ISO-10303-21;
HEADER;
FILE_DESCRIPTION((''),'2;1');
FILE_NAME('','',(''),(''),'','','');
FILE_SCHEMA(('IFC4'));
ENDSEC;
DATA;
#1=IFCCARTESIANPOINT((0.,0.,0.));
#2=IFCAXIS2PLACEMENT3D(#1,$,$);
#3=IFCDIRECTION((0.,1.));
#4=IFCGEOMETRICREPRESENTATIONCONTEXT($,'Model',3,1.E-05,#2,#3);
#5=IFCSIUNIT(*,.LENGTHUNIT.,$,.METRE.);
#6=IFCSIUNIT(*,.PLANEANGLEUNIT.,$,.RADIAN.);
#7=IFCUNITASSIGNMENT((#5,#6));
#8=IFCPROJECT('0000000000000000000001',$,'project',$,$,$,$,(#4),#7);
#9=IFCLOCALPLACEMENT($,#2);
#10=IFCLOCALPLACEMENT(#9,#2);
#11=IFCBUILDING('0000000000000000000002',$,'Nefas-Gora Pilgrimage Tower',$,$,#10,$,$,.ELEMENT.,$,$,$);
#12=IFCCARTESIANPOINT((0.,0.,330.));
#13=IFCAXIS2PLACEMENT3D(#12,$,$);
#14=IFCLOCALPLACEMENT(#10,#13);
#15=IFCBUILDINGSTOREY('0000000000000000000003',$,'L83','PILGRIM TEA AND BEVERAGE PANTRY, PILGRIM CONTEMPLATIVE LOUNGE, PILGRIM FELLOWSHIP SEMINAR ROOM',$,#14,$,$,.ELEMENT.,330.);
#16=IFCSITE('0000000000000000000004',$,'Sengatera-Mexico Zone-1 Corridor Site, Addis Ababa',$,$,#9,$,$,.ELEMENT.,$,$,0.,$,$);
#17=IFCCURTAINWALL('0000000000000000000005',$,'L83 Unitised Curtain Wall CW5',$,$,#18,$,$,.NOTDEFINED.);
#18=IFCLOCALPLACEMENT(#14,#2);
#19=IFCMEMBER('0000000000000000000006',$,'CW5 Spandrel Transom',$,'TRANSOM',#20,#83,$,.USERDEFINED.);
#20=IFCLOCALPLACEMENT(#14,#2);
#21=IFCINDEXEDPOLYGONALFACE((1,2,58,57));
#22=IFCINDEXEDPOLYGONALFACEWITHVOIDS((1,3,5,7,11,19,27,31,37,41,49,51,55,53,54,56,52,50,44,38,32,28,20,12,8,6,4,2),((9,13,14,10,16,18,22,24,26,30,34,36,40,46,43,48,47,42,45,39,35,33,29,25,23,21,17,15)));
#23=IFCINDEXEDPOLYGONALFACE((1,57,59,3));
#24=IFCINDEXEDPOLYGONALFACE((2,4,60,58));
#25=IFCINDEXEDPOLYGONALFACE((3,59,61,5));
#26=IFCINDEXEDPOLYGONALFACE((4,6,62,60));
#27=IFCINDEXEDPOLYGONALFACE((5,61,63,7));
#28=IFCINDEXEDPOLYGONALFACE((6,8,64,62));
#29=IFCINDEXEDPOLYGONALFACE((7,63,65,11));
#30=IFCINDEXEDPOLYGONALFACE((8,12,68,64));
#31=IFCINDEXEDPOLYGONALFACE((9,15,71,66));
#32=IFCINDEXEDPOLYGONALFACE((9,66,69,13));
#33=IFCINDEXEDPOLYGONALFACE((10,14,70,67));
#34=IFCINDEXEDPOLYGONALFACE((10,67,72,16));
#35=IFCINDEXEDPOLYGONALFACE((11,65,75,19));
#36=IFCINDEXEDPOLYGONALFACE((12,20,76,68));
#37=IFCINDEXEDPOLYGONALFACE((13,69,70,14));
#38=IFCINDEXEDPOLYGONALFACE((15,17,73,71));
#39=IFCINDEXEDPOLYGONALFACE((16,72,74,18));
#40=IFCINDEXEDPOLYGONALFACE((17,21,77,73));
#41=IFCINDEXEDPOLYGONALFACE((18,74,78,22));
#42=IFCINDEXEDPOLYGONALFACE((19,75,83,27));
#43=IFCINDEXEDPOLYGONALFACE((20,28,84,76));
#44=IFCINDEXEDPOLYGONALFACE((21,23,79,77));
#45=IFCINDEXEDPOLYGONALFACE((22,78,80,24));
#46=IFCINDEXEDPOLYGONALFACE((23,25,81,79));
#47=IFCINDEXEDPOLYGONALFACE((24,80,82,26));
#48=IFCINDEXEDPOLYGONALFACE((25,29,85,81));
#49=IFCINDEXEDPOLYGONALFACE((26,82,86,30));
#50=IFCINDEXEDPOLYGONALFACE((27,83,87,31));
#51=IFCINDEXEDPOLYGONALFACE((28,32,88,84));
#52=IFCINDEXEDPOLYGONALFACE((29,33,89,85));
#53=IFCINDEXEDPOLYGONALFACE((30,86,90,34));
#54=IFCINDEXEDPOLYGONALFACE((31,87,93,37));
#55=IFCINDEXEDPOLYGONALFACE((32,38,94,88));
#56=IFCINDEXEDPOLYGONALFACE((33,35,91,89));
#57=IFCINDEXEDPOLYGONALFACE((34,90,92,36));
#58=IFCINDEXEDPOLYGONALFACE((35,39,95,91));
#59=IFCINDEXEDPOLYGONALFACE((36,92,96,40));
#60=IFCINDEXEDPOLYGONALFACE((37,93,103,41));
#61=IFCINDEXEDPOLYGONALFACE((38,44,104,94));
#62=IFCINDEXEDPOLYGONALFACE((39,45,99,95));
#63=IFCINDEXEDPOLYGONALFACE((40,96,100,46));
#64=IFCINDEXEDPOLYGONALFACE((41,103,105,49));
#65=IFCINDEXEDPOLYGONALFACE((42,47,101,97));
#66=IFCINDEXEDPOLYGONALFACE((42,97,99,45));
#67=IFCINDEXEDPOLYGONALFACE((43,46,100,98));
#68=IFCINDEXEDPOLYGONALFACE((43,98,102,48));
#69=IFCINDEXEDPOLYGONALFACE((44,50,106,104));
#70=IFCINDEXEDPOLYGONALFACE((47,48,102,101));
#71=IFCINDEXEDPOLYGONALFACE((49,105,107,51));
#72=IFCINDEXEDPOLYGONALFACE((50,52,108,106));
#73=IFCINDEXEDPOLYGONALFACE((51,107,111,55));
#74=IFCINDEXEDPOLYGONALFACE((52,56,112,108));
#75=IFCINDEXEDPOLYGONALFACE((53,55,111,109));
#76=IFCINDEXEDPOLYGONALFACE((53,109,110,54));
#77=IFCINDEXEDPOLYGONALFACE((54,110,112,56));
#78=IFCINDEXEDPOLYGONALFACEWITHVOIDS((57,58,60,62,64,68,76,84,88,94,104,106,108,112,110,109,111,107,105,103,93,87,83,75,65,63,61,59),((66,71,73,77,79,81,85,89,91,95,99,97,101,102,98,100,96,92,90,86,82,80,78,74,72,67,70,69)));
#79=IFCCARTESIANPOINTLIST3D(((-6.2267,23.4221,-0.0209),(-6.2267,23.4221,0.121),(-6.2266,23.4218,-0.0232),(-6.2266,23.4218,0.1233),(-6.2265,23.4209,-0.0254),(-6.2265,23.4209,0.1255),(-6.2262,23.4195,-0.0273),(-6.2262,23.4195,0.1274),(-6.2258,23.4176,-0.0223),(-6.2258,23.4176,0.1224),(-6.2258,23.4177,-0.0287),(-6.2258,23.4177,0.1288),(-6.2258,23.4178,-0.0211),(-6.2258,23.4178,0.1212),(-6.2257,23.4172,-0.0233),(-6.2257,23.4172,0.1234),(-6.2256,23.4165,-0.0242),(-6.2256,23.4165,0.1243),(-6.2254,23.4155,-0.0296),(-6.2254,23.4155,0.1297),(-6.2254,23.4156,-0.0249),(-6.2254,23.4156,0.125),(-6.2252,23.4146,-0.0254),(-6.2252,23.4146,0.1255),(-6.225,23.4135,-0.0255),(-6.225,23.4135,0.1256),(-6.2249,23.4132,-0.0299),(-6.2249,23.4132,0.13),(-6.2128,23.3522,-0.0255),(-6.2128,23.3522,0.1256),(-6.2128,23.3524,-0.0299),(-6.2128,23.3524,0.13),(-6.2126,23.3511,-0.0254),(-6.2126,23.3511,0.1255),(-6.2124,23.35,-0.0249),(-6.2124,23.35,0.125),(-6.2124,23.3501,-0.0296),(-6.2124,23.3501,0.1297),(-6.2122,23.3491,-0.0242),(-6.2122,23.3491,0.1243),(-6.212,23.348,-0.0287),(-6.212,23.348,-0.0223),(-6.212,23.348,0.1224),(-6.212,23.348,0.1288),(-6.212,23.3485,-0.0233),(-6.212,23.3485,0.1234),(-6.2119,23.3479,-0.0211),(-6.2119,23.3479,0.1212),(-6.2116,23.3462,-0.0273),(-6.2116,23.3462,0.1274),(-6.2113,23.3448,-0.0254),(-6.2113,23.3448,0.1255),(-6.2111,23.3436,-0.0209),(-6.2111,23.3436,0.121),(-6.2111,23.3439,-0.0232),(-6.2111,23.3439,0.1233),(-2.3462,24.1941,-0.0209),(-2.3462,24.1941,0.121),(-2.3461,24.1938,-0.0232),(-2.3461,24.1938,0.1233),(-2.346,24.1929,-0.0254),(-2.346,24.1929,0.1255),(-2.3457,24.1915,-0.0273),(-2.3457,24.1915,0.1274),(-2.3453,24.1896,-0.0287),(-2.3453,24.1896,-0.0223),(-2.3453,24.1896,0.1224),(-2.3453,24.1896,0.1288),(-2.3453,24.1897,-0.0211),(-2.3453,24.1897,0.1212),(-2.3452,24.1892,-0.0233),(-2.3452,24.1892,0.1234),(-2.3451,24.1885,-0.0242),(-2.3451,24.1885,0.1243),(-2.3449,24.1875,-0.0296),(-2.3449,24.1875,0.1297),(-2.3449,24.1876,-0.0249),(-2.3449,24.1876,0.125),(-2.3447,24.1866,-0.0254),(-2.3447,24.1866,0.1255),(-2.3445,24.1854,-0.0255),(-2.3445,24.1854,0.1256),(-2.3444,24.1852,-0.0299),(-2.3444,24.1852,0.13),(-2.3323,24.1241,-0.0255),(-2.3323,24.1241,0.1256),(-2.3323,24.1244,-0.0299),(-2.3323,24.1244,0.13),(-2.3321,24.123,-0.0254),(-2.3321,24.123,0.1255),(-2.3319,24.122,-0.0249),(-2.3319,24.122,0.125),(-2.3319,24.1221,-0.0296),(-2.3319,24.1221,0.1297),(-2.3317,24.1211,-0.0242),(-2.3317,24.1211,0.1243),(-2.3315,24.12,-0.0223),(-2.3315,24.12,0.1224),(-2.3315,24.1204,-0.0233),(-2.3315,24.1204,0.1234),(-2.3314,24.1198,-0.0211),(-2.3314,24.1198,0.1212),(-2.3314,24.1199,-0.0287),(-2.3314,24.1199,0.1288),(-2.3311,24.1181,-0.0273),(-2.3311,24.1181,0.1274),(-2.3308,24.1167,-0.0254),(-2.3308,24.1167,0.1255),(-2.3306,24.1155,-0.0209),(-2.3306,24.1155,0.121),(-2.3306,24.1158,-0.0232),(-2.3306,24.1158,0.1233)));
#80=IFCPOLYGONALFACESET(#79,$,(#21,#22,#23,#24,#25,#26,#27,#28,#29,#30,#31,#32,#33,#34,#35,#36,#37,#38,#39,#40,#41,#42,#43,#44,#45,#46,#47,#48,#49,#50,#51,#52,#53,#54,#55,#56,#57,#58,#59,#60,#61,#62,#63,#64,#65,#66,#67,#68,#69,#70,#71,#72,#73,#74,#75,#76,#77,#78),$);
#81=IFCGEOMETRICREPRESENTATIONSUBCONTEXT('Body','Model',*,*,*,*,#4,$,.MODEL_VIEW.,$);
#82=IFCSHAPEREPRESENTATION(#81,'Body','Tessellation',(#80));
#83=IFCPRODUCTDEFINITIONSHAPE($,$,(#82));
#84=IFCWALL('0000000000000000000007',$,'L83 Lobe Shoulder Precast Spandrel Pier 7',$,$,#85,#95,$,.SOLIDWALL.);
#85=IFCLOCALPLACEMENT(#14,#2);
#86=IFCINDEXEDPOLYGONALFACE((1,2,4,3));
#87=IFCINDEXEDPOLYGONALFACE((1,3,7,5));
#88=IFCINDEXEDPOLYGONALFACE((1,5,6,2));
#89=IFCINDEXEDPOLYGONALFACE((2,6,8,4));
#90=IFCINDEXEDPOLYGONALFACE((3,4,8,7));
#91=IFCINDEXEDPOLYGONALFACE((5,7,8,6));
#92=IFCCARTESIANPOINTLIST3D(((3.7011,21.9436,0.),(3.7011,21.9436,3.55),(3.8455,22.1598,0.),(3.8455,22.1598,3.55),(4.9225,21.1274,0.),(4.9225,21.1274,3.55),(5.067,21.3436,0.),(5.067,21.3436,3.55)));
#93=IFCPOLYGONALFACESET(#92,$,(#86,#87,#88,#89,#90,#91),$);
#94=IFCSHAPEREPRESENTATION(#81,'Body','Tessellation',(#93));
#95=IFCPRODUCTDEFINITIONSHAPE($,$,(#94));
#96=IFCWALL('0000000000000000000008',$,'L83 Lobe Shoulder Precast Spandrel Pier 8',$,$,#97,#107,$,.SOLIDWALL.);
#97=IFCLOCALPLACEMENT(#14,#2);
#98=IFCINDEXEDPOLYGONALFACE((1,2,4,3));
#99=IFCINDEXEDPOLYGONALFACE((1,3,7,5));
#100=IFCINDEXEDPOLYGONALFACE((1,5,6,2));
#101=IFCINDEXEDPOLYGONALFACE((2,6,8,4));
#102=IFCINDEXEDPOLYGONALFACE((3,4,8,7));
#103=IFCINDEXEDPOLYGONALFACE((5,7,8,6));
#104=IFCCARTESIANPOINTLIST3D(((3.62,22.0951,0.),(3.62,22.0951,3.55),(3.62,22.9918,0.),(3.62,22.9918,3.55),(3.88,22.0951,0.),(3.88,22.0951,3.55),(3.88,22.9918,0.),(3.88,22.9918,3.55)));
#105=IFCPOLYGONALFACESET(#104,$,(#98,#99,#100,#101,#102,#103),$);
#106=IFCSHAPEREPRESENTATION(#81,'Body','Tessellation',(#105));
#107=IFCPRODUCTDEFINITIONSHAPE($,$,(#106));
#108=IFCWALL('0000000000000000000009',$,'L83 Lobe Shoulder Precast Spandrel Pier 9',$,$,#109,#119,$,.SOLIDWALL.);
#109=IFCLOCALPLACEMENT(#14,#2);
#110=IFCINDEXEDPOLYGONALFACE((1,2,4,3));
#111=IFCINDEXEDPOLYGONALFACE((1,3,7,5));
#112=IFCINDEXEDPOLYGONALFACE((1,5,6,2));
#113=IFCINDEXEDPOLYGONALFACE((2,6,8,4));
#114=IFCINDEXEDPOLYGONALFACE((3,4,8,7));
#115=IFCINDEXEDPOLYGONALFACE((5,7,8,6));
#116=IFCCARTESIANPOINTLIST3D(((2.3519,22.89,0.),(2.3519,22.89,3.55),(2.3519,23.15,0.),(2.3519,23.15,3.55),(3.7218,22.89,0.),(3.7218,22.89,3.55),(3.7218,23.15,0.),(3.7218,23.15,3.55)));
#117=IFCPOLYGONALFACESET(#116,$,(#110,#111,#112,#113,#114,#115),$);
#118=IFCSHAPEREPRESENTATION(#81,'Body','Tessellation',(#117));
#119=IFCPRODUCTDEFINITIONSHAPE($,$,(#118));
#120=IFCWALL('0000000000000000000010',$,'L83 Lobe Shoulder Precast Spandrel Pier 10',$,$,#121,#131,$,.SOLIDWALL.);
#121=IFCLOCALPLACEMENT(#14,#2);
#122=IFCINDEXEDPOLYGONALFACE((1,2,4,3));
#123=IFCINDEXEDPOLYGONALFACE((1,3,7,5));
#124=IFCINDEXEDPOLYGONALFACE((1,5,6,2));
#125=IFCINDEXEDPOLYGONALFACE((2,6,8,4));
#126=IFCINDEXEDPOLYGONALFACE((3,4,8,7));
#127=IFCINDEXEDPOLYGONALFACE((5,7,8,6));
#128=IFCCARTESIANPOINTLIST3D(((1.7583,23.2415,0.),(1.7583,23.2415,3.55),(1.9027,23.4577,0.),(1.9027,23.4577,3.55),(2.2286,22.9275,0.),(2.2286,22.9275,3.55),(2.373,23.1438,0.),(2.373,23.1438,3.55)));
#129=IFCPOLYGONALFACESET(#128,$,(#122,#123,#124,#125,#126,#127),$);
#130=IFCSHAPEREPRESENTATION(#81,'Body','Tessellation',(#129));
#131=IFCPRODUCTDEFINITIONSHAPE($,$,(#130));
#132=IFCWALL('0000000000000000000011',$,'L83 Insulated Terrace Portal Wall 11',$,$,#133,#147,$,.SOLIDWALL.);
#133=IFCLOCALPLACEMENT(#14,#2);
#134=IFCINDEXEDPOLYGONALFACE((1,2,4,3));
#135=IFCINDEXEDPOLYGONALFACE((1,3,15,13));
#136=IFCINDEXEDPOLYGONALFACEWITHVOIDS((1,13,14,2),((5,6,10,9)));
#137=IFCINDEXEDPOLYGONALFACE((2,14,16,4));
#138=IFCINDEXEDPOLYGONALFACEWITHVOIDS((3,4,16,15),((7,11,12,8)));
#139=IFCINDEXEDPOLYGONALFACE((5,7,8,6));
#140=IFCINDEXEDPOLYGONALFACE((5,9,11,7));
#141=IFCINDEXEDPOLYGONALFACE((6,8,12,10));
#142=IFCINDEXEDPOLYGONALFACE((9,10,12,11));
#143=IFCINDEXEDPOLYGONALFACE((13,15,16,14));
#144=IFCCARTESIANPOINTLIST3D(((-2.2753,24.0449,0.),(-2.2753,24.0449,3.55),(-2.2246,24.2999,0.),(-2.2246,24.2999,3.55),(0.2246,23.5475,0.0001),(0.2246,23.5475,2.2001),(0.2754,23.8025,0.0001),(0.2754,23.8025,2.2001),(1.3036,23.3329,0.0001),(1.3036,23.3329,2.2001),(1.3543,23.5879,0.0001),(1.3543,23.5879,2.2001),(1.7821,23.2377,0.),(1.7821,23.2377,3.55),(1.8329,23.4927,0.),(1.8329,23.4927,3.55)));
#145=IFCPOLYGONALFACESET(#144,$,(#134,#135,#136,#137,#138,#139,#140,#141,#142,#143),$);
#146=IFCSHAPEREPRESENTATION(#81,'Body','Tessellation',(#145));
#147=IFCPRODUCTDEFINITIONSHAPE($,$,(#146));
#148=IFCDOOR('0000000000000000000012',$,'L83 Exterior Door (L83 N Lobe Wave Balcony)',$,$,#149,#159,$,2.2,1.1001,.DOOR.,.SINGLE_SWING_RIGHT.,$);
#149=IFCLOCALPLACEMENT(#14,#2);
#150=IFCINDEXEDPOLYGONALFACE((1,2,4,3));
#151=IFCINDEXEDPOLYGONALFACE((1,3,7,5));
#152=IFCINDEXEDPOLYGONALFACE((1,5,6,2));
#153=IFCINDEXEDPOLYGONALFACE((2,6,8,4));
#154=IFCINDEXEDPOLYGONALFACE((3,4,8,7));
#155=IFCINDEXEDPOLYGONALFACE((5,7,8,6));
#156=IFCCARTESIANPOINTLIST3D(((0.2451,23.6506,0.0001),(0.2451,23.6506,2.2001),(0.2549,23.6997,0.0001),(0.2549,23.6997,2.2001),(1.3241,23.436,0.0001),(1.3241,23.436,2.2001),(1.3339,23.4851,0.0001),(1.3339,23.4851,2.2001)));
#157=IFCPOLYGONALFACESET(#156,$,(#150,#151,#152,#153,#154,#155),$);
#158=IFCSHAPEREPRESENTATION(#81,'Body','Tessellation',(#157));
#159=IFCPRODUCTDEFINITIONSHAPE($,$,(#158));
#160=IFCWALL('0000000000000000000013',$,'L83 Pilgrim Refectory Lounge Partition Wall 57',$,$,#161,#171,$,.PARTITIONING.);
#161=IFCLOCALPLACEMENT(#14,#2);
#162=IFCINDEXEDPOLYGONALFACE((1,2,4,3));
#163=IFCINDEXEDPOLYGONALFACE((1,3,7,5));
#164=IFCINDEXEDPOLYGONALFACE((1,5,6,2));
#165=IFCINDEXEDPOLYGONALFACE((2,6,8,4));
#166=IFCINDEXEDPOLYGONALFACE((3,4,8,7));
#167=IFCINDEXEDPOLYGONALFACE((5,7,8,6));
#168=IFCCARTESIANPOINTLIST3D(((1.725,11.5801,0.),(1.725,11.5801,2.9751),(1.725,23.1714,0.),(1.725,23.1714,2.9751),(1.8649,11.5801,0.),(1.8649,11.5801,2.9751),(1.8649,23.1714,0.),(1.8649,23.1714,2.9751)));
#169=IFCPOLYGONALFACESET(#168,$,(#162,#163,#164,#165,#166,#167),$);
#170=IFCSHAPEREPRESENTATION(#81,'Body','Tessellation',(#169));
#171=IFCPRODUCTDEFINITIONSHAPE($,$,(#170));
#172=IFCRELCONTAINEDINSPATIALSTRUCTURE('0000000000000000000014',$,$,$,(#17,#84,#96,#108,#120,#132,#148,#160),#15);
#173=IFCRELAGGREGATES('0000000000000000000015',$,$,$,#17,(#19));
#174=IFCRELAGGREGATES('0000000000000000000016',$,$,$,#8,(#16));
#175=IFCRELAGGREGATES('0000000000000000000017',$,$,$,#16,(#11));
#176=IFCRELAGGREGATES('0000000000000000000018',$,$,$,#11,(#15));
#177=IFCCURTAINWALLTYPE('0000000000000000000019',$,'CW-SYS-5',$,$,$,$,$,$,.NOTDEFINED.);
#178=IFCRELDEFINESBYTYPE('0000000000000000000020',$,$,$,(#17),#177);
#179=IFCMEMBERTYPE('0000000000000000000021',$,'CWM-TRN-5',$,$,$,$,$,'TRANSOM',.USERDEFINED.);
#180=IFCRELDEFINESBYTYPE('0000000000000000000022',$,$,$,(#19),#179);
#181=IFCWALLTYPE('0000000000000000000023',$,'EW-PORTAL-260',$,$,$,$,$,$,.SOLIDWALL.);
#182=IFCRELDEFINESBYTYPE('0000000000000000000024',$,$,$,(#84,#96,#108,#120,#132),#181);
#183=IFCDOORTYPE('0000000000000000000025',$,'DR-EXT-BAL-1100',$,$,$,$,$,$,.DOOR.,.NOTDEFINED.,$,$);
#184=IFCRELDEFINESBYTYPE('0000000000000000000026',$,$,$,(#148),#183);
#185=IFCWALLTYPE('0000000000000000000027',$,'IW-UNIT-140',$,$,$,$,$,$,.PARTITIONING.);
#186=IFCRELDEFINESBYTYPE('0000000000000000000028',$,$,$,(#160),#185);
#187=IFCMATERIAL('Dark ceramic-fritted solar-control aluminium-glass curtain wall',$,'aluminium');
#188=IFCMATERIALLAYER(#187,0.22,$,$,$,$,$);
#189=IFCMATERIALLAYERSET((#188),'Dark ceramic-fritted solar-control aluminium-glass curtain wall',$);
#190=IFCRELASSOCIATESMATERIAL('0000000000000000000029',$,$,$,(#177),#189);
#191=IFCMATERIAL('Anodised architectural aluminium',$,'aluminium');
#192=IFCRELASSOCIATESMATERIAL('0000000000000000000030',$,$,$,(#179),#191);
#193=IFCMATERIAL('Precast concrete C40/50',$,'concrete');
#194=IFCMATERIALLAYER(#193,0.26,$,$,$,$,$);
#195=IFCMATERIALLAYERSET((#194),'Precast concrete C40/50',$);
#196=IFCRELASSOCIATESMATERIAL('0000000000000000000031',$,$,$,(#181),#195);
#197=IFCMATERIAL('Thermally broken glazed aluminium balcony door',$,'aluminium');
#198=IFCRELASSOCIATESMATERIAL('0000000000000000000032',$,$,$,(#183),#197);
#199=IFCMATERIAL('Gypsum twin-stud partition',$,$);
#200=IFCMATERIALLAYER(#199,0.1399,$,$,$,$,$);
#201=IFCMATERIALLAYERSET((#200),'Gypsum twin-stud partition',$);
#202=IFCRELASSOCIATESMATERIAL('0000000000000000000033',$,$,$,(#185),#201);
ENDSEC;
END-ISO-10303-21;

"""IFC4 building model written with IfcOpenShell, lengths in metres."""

from ifc_helpers import new_model, si_unit, direction, frame, frame_2d, origin, origin_2d, place, context, subcontext, project, spatial, rectangle, hollow_rectangle, extrude, source, transform, mapped, material, layer, layer_set, material_profile, profile_set, type_object, element, fill, aggregate, save


model = new_model("IFC4")

# Units and contexts
model_context = context("Model", 3, precision=1e-05, world=origin(), true_north=direction((0.0, 1.0)))
body_context = subcontext(model_context, "Body", "Model", "MODEL_VIEW")
ifc_project = project(units=[si_unit("LENGTHUNIT", "METRE"), si_unit("PLANEANGLEUNIT", "RADIAN")], contexts=[model_context])

# Site, building, storey
site_placement = place(None, origin())
site = spatial("IfcSite", under=ifc_project, at=site_placement, Name="Sengatera-Mexico Zone-1 Corridor Site, Addis Ababa", CompositionType="ELEMENT", RefElevation=0.0)
building_placement = place(site_placement, origin())
building = spatial("IfcBuilding", under=site, at=building_placement, Name="Nefas-Gora Pilgrimage Tower", CompositionType="ELEMENT")
storey_placement = place(building_placement, frame((0.0, 0.0, 330.0)))
storey = spatial("IfcBuildingStorey", under=building, at=storey_placement, Name="L83", Description="PILGRIM TEA AND BEVERAGE PANTRY, PILGRIM CONTEMPLATIVE LOUNGE, PILGRIM FELLOWSHIP SEMINAR ROOM", CompositionType="ELEMENT", Elevation=330.0)

# Shared definitions
ifc_material_1 = material(Name="Dark ceramic-fritted solar-control aluminium-glass curtain wall", Category="aluminium")
ifc_layer_1 = layer(ifc_material_1, 0.22)
ifc_layer_set_1 = layer_set([ifc_layer_1], Name="Dark ceramic-fritted solar-control aluminium-glass curtain wall")
curtain_wall_type = type_object("IfcCurtainWallType", Name="CW-SYS-5", PredefinedType="NOTDEFINED", material=ifc_layer_set_1)
ifc_material_2 = material(Name="Anodised architectural aluminium", Category="aluminium")

# Curtain wall, member
curtain_wall_1_placement = place(storey_placement, origin())
curtain_wall_1 = element("IfcCurtainWall", 1, at=curtain_wall_1_placement, inside=storey, type_object=curtain_wall_type, Name="L83 Unitised Curtain Wall CW5", PredefinedType="NOTDEFINED")
ifc_material_profile_1 = material_profile(ifc_material_2, hollow_rectangle(XDim=0.0801, YDim=0.1599, WallThickness=0.0044, InnerFilletRadius=0.0044, OuterFilletRadius=0.009, at=origin_2d()), Name="ALU TRANSOM 80x160")
ifc_profile_set_1 = profile_set([ifc_material_profile_1], Name="Anodised architectural aluminium")
member_type_1 = type_object("IfcMemberType", Name="CWM-TRN-5", ElementType="TRANSOM", PredefinedType="USERDEFINED", material=ifc_profile_set_1)
shared_shape_1 = source(origin(), body_context, "Body", "SweptSolid", [
    extrude(hollow_rectangle(XDim=0.0801, YDim=0.1599, WallThickness=0.0044, InnerFilletRadius=0.0044, OuterFilletRadius=0.009, at=origin_2d()), origin(), (0.0, 0.0, 1.0), 3.9565),
])
member_1_placement = place(storey_placement, frame((-2.3384, 24.1548, 0.05), z_axis=(-0.980782, -0.195107, 0.0), x_axis=(0.195107, -0.980782, 0.0)))
member_1 = element("IfcMember", 2, at=member_1_placement, type_object=member_type_1, Name="CW5 Spandrel Transom", ObjectType="TRANSOM", PredefinedType="USERDEFINED", context=body_context, shape_type="MappedRepresentation", body=[
    mapped(shared_shape_1, transform((0.0, 0.0, 0.0), x_axis=(1.0, 0.0, 0.0), y_axis=(0.0, 1.0, 0.0), z_axis=(0.0, 0.0, 1.0), scale=1.0)),
])
aggregate(curtain_wall_1, [member_1])

# Walls
ifc_material_3 = material(Name="Precast concrete C40/50", Category="concrete")
ifc_layer_2 = layer(ifc_material_3, 0.26)
ifc_layer_set_2 = layer_set([ifc_layer_2], Name="Precast concrete C40/50")
wall_type_1 = type_object("IfcWallType", Name="EW-PORTAL-260", PredefinedType="SOLIDWALL", material=ifc_layer_set_2)
shared_shape_2 = source(origin(), body_context, "Body", "SweptSolid", [
    extrude(rectangle(XDim=1.469, YDim=0.26, at=frame_2d((0.7344, 0.0))), origin(), (0.0, 0.0, 1.0), 3.55),
])
wall_1_placement = place(storey_placement, frame((4.9946, 21.2356, 0.0), z_axis=(0.0, 0.0, 1.0), x_axis=(-0.831462, 0.555582, 0.0)))
element("IfcWall", 3, at=wall_1_placement, inside=storey, type_object=wall_type_1, Name="L83 Lobe Shoulder Precast Spandrel Pier 7", PredefinedType="SOLIDWALL", context=body_context, shape_type="MappedRepresentation", body=[
    mapped(shared_shape_2, transform((0.0, 0.0, 0.0), x_axis=(1.0, 0.0, 0.0), y_axis=(0.0, 1.0, 0.0), z_axis=(0.0, 0.0, 1.0), scale=1.0)),
])
shared_shape_3 = source(origin(), body_context, "Body", "SweptSolid", [
    extrude(rectangle(XDim=0.8967, YDim=0.26, at=frame_2d((0.4482, 0.0))), origin(), (0.0, 0.0, 1.0), 3.55),
])
wall_2_placement = place(storey_placement, frame((3.75, 22.0952, 0.0), z_axis=(0.0, 0.0, 1.0), x_axis=(0.0, 1.0, 0.0)))
element("IfcWall", 4, at=wall_2_placement, inside=storey, type_object=wall_type_1, Name="L83 Lobe Shoulder Precast Spandrel Pier 8", PredefinedType="SOLIDWALL", context=body_context, shape_type="MappedRepresentation", body=[
    mapped(shared_shape_3, transform((0.0, 0.0, 0.0), x_axis=(1.0, 0.0, 0.0), y_axis=(0.0, 1.0, 0.0), z_axis=(0.0, 0.0, 1.0), scale=1.0)),
])
shared_shape_4 = source(origin(), body_context, "Body", "SweptSolid", [
    extrude(rectangle(XDim=1.3699, YDim=0.26, at=frame_2d((0.6851, 0.0))), origin(), (0.0, 0.0, 1.0), 3.55),
])
wall_3_placement = place(storey_placement, frame((3.7219, 23.02, 0.0), z_axis=(0.0, 0.0, 1.0), x_axis=(-1.0, 0.0, 0.0)))
element("IfcWall", 5, at=wall_3_placement, inside=storey, type_object=wall_type_1, Name="L83 Lobe Shoulder Precast Spandrel Pier 9", PredefinedType="SOLIDWALL", context=body_context, shape_type="MappedRepresentation", body=[
    mapped(shared_shape_4, transform((0.0, 0.0, 0.0), x_axis=(1.0, 0.0, 0.0), y_axis=(0.0, 1.0, 0.0), z_axis=(0.0, 0.0, 1.0), scale=1.0)),
])
shared_shape_5 = source(origin(), body_context, "Body", "SweptSolid", [
    extrude(rectangle(XDim=0.5654, YDim=0.26, at=frame_2d((0.2827, 0.0))), origin(), (0.0, 0.0, 1.0), 3.55),
])
wall_4_placement = place(storey_placement, frame((2.3008, 23.0356, 0.0), z_axis=(0.0, 0.0, 1.0), x_axis=(-0.831651, 0.555298, 0.0)))
element("IfcWall", 6, at=wall_4_placement, inside=storey, type_object=wall_type_1, Name="L83 Lobe Shoulder Precast Spandrel Pier 10", PredefinedType="SOLIDWALL", context=body_context, shape_type="MappedRepresentation", body=[
    mapped(shared_shape_5, transform((0.0, 0.0, 0.0), x_axis=(1.0, 0.0, 0.0), y_axis=(0.0, 1.0, 0.0), z_axis=(0.0, 0.0, 1.0), scale=1.0)),
])

# Wall, opening, door
shared_shape_6 = source(origin(), body_context, "Body", "SweptSolid", [
    extrude(rectangle(XDim=4.137, YDim=0.26, at=frame_2d((2.0684, 0.0))), origin(), (0.0, 0.0, 1.0), 3.55),
])
wall_5_placement = place(storey_placement, frame((1.8074, 23.3652, 0.0), z_axis=(0.0, 0.0, 1.0), x_axis=(-0.980782, 0.195106, 0.0)))
wall_5 = element("IfcWall", 7, at=wall_5_placement, inside=storey, type_object=wall_type_1, Name="L83 Insulated Terrace Portal Wall 11", PredefinedType="SOLIDWALL", context=body_context, shape_type="MappedRepresentation", body=[
    mapped(shared_shape_6, transform((0.0, 0.0, 0.0), x_axis=(1.0, 0.0, 0.0), y_axis=(0.0, 1.0, 0.0), z_axis=(0.0, 0.0, 1.0), scale=1.0)),
])
opening_placement = place(wall_5_placement, frame((0.4878, 0.0, 0.0)))
opening = element("IfcOpeningElement", 8, at=opening_placement, cuts=wall_5, PredefinedType="OPENING", context=body_context, shape_type="SweptSolid", body=[
    extrude(rectangle(XDim=1.1001, YDim=2.2, at=frame_2d((0.55, 1.1001))), frame((0.0, 0.1399, 0.0), z_axis=(0.0, -1.0, 0.0), x_axis=(1.0, 0.0, 0.0)), (0.0, 0.0, 1.0), 0.28),
])
ifc_material_4 = material(Name="Thermally broken glazed aluminium balcony door", Category="aluminium")
door_type = type_object("IfcDoorType", Name="DR-EXT-BAL-1100", OperationType="NOTDEFINED", PredefinedType="DOOR", material=ifc_material_4)
shared_shape_7 = source(origin(), body_context, "Body", "SweptSolid", [
    extrude(rectangle(XDim=1.1001, YDim=2.2, at=frame_2d((0.55, 1.1001))), frame((0.0, 0.0249, 0.0), z_axis=(0.0, -1.0, 0.0), x_axis=(1.0, 0.0, 0.0)), (0.0, 0.0, 1.0), 0.05),
])
door_placement = place(opening_placement, origin())
door = element("IfcDoor", 9, at=door_placement, inside=storey, type_object=door_type, Name="L83 Exterior Door (L83 N Lobe Wave Balcony)", OperationType="SINGLE_SWING_RIGHT", OverallHeight=2.2, OverallWidth=1.1001, PredefinedType="DOOR", context=body_context, shape_type="MappedRepresentation", body=[
    mapped(shared_shape_7, transform((0.0, 0.0, 0.0), x_axis=(1.0, 0.0, 0.0), y_axis=(0.0, 1.0, 0.0), z_axis=(0.0, 0.0, 1.0), scale=1.0)),
])
fill(opening, door)

# Wall
ifc_material_5 = material(Name="Gypsum twin-stud partition")
ifc_layer_3 = layer(ifc_material_5, 0.1399)
ifc_layer_set_3 = layer_set([ifc_layer_3], Name="Gypsum twin-stud partition")
wall_type_2 = type_object("IfcWallType", Name="IW-UNIT-140", PredefinedType="PARTITIONING", material=ifc_layer_set_3)
shared_shape_8 = source(origin(), body_context, "Body", "SweptSolid", [
    extrude(rectangle(XDim=11.5913, YDim=0.1399, at=frame_2d((5.7957, 0.0))), origin(), (0.0, 0.0, 1.0), 2.9751),
])
wall_6_placement = place(storey_placement, frame((1.7949, 11.5801, 0.0), z_axis=(0.0, 0.0, 1.0), x_axis=(0.0, 1.0, 0.0)))
element("IfcWall", 10, at=wall_6_placement, inside=storey, type_object=wall_type_2, Name="L83 Pilgrim Refectory Lounge Partition Wall 57", PredefinedType="PARTITIONING", context=body_context, shape_type="MappedRepresentation", body=[
    mapped(shared_shape_8, transform((0.0, 0.0, 0.0), x_axis=(1.0, 0.0, 0.0), y_axis=(0.0, 1.0, 0.0), z_axis=(0.0, 0.0, 1.0), scale=1.0)),
])

save(model, "model.ifc")
